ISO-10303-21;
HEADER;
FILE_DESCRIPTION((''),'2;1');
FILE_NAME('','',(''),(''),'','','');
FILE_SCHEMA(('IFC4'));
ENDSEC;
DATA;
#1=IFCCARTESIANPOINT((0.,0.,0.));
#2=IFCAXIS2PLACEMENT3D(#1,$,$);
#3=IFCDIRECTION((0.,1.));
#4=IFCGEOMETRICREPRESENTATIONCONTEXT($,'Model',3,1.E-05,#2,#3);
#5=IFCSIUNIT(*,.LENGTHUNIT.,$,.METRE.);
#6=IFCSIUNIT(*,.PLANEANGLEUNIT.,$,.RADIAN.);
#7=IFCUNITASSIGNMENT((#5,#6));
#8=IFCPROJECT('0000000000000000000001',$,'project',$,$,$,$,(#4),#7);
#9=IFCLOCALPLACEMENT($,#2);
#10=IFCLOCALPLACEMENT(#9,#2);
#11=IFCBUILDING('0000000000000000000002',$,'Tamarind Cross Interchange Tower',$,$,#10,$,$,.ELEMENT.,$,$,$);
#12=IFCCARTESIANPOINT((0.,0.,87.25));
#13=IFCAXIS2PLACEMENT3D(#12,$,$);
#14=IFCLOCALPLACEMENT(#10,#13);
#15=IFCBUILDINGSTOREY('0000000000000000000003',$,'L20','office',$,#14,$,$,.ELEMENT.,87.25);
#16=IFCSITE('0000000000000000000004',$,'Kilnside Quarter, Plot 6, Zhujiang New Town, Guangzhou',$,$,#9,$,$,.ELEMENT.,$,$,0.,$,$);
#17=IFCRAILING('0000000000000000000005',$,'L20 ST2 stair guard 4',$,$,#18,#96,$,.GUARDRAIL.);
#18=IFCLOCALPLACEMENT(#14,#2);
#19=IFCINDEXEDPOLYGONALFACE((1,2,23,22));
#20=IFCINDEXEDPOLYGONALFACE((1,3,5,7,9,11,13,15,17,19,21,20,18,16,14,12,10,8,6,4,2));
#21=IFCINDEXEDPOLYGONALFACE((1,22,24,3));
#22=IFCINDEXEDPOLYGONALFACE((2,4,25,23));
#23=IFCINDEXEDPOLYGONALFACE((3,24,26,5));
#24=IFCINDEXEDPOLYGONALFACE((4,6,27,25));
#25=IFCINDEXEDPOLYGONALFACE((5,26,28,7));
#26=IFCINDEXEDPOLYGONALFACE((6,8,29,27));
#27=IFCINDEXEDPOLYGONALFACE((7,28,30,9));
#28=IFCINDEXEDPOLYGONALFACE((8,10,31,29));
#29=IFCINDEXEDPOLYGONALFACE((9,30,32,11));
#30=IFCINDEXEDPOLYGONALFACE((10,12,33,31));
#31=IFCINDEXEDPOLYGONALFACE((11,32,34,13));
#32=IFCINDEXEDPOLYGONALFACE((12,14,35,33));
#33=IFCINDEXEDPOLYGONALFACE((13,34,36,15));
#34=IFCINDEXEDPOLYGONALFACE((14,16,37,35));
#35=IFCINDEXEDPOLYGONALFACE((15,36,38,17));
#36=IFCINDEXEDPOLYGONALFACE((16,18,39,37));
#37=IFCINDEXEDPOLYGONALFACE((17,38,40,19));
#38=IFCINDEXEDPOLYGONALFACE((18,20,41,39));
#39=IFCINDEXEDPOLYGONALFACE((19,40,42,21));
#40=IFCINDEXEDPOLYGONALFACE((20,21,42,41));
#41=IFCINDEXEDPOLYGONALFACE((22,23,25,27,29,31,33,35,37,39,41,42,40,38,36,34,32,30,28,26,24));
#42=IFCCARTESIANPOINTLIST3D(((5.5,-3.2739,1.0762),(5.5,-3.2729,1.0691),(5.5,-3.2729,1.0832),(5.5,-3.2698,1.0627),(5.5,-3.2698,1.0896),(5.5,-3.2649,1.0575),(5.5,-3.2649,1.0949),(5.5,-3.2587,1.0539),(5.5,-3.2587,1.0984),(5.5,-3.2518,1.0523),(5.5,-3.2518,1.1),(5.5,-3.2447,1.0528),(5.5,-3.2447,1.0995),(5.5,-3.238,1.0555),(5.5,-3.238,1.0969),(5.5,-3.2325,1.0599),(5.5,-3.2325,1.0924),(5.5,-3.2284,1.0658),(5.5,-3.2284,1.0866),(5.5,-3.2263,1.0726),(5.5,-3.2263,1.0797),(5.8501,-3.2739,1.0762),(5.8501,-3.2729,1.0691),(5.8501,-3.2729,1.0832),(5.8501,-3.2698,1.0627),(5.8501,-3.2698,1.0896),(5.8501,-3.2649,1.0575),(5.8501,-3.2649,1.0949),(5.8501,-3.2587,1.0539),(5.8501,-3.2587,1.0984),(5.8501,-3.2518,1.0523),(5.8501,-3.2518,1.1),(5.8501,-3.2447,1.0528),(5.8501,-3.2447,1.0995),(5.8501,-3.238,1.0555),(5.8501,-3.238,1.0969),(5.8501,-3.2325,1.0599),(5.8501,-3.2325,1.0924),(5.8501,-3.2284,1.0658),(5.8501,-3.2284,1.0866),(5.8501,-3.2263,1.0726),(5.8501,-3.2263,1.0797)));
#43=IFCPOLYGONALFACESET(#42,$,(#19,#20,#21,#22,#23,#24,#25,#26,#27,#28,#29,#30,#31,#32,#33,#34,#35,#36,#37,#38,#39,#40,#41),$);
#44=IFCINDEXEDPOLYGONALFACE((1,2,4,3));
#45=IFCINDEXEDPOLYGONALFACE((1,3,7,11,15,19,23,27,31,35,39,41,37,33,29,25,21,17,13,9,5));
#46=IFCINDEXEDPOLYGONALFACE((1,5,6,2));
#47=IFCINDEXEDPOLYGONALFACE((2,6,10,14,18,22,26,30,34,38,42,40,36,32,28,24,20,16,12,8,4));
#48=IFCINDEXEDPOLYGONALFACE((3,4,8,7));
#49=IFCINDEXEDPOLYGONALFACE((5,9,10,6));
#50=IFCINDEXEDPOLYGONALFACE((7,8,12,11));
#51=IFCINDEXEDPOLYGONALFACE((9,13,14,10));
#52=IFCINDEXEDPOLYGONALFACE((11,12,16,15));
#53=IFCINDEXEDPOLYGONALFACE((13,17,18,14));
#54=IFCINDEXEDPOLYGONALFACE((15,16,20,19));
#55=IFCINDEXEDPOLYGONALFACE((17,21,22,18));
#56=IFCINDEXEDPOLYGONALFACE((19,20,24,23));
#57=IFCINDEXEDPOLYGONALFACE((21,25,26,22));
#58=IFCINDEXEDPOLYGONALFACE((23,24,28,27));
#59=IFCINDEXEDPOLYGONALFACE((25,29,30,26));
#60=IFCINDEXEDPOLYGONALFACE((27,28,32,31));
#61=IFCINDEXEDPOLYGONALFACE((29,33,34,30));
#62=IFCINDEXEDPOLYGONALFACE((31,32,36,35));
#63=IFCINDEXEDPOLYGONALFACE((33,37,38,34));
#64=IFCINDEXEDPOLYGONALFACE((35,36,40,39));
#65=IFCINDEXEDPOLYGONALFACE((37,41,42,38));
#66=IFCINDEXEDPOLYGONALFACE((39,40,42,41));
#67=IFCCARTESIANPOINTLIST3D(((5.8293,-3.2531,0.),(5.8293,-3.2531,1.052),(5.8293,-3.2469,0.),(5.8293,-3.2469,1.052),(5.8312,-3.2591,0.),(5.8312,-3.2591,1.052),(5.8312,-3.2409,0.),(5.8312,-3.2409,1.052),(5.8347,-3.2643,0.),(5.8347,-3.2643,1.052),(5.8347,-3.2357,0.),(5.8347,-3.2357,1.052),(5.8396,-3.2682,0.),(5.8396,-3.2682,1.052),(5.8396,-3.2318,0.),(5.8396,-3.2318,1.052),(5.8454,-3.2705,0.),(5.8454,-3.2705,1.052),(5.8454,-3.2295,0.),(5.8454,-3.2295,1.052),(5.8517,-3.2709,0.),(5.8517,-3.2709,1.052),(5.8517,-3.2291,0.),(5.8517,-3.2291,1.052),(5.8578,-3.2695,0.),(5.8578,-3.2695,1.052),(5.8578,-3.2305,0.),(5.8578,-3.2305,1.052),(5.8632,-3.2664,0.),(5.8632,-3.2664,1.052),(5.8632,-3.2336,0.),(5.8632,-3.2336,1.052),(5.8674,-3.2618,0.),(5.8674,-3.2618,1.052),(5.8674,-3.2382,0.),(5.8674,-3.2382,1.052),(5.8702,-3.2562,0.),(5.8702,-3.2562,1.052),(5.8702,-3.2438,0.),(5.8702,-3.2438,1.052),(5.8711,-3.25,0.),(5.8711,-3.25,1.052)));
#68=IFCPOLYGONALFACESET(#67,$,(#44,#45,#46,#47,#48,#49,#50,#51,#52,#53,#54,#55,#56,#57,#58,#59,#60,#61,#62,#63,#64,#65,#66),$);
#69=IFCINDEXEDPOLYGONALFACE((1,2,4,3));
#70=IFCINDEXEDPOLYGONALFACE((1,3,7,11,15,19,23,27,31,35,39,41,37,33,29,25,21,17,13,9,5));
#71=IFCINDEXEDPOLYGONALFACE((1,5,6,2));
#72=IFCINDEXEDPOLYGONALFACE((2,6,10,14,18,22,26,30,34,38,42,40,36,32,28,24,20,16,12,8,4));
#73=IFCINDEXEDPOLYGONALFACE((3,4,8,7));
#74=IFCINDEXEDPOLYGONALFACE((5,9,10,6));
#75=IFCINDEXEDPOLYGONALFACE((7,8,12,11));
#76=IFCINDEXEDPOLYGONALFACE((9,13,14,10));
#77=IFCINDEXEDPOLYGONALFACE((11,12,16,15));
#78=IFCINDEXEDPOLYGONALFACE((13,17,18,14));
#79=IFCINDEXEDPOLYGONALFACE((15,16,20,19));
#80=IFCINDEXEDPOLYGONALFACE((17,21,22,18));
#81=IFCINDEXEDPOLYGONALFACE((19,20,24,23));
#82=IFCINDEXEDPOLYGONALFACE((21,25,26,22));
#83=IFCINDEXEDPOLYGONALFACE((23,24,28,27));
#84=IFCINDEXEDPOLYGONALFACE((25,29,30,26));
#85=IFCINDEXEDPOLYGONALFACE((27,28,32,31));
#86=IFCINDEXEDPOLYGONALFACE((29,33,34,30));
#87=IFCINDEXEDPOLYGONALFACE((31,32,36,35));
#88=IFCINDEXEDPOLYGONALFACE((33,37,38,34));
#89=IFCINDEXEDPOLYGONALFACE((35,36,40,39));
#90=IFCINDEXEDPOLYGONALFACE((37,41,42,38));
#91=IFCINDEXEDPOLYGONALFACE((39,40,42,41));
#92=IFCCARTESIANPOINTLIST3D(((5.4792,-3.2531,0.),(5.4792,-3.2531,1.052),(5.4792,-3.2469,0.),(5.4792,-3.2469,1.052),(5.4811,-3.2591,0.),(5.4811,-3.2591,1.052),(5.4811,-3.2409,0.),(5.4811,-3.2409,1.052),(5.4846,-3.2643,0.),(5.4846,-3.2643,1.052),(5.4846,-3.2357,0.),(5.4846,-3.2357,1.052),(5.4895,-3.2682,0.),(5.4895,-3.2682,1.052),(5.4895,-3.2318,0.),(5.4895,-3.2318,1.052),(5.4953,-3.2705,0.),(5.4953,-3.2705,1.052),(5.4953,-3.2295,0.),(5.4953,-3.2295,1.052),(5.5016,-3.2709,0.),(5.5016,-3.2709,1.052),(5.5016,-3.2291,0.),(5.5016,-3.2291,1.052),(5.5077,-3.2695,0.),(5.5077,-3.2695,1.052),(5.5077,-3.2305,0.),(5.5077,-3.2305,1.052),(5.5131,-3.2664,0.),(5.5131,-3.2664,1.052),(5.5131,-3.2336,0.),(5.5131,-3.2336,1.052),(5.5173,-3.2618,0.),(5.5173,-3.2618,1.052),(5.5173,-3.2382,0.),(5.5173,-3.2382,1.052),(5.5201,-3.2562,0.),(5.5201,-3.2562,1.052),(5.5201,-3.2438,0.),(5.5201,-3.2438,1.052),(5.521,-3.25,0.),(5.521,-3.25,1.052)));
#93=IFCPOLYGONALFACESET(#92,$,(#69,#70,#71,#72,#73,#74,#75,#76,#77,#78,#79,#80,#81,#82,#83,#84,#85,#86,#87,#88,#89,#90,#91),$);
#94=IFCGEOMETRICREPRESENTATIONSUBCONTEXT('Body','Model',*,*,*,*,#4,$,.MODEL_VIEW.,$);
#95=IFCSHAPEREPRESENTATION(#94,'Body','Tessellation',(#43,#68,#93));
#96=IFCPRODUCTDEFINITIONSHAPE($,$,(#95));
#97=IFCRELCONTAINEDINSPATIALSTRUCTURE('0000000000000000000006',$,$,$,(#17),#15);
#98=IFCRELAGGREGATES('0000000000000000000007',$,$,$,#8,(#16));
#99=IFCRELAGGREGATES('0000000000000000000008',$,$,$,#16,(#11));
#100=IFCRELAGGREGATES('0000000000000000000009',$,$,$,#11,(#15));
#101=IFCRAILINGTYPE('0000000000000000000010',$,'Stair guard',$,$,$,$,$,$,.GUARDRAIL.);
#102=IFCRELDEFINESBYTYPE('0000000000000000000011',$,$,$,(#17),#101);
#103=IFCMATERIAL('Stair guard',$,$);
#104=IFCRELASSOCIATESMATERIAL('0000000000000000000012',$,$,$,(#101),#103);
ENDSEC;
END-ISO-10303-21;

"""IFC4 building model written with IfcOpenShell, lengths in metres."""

from ifc_helpers import new_model, si_unit, direction, frame, origin, origin_2d, place, context, subcontext, project, spatial, circle, extrude, material, type_object, element, save


model = new_model("IFC4")

# Units and contexts
model_context = context("Model", 3, precision=1e-05, world=origin(), true_north=direction((0.0, 1.0)))
body_context = subcontext(model_context, "Body", "Model", "MODEL_VIEW")
ifc_project = project(units=[si_unit("LENGTHUNIT", "METRE"), si_unit("PLANEANGLEUNIT", "RADIAN")], contexts=[model_context])

# Site, building, storey
site_placement = place(None, origin())
site = spatial("IfcSite", under=ifc_project, at=site_placement, Name="Kilnside Quarter, Plot 6, Zhujiang New Town, Guangzhou", CompositionType="ELEMENT", RefElevation=0.0)
building_placement = place(site_placement, origin())
building = spatial("IfcBuilding", under=site, at=building_placement, Name="Tamarind Cross Interchange Tower", CompositionType="ELEMENT")
storey_placement = place(building_placement, frame((0.0, 0.0, 87.25)))
storey = spatial("IfcBuildingStorey", under=building, at=storey_placement, Name="L20", Description="office", CompositionType="ELEMENT", Elevation=87.25)

# Railing
ifc_material_1 = material(Name="Stair guard")
railing_type_1 = type_object("IfcRailingType", Name="Stair guard", PredefinedType="GUARDRAIL", material=ifc_material_1)
railing_1_placement = place(storey_placement, frame((5.8501, -3.25, 0.0)))
element("IfcRailing", 1, at=railing_1_placement, inside=storey, type_object=railing_type_1, Name="L20 ST2 stair guard 4", PredefinedType="GUARDRAIL", context=body_context, shape_type="SweptSolid", body=[
    extrude(circle(Radius=0.0239, at=origin_2d()), frame((0.0, 0.0, 1.0762), z_axis=(-1.0, 0.0, 0.0), x_axis=(0.0, -1.0, 0.0)), (0.0, 0.0, 1.0), 0.3501),
    extrude(circle(Radius=0.021, at=origin_2d()), origin(), (0.0, 0.0, 1.0), 1.052),
    extrude(circle(Radius=0.021, at=origin_2d()), frame((-0.3501, 0.0, 0.0)), (0.0, 0.0, 1.0), 1.052),
])

save(model, "model.ifc")
